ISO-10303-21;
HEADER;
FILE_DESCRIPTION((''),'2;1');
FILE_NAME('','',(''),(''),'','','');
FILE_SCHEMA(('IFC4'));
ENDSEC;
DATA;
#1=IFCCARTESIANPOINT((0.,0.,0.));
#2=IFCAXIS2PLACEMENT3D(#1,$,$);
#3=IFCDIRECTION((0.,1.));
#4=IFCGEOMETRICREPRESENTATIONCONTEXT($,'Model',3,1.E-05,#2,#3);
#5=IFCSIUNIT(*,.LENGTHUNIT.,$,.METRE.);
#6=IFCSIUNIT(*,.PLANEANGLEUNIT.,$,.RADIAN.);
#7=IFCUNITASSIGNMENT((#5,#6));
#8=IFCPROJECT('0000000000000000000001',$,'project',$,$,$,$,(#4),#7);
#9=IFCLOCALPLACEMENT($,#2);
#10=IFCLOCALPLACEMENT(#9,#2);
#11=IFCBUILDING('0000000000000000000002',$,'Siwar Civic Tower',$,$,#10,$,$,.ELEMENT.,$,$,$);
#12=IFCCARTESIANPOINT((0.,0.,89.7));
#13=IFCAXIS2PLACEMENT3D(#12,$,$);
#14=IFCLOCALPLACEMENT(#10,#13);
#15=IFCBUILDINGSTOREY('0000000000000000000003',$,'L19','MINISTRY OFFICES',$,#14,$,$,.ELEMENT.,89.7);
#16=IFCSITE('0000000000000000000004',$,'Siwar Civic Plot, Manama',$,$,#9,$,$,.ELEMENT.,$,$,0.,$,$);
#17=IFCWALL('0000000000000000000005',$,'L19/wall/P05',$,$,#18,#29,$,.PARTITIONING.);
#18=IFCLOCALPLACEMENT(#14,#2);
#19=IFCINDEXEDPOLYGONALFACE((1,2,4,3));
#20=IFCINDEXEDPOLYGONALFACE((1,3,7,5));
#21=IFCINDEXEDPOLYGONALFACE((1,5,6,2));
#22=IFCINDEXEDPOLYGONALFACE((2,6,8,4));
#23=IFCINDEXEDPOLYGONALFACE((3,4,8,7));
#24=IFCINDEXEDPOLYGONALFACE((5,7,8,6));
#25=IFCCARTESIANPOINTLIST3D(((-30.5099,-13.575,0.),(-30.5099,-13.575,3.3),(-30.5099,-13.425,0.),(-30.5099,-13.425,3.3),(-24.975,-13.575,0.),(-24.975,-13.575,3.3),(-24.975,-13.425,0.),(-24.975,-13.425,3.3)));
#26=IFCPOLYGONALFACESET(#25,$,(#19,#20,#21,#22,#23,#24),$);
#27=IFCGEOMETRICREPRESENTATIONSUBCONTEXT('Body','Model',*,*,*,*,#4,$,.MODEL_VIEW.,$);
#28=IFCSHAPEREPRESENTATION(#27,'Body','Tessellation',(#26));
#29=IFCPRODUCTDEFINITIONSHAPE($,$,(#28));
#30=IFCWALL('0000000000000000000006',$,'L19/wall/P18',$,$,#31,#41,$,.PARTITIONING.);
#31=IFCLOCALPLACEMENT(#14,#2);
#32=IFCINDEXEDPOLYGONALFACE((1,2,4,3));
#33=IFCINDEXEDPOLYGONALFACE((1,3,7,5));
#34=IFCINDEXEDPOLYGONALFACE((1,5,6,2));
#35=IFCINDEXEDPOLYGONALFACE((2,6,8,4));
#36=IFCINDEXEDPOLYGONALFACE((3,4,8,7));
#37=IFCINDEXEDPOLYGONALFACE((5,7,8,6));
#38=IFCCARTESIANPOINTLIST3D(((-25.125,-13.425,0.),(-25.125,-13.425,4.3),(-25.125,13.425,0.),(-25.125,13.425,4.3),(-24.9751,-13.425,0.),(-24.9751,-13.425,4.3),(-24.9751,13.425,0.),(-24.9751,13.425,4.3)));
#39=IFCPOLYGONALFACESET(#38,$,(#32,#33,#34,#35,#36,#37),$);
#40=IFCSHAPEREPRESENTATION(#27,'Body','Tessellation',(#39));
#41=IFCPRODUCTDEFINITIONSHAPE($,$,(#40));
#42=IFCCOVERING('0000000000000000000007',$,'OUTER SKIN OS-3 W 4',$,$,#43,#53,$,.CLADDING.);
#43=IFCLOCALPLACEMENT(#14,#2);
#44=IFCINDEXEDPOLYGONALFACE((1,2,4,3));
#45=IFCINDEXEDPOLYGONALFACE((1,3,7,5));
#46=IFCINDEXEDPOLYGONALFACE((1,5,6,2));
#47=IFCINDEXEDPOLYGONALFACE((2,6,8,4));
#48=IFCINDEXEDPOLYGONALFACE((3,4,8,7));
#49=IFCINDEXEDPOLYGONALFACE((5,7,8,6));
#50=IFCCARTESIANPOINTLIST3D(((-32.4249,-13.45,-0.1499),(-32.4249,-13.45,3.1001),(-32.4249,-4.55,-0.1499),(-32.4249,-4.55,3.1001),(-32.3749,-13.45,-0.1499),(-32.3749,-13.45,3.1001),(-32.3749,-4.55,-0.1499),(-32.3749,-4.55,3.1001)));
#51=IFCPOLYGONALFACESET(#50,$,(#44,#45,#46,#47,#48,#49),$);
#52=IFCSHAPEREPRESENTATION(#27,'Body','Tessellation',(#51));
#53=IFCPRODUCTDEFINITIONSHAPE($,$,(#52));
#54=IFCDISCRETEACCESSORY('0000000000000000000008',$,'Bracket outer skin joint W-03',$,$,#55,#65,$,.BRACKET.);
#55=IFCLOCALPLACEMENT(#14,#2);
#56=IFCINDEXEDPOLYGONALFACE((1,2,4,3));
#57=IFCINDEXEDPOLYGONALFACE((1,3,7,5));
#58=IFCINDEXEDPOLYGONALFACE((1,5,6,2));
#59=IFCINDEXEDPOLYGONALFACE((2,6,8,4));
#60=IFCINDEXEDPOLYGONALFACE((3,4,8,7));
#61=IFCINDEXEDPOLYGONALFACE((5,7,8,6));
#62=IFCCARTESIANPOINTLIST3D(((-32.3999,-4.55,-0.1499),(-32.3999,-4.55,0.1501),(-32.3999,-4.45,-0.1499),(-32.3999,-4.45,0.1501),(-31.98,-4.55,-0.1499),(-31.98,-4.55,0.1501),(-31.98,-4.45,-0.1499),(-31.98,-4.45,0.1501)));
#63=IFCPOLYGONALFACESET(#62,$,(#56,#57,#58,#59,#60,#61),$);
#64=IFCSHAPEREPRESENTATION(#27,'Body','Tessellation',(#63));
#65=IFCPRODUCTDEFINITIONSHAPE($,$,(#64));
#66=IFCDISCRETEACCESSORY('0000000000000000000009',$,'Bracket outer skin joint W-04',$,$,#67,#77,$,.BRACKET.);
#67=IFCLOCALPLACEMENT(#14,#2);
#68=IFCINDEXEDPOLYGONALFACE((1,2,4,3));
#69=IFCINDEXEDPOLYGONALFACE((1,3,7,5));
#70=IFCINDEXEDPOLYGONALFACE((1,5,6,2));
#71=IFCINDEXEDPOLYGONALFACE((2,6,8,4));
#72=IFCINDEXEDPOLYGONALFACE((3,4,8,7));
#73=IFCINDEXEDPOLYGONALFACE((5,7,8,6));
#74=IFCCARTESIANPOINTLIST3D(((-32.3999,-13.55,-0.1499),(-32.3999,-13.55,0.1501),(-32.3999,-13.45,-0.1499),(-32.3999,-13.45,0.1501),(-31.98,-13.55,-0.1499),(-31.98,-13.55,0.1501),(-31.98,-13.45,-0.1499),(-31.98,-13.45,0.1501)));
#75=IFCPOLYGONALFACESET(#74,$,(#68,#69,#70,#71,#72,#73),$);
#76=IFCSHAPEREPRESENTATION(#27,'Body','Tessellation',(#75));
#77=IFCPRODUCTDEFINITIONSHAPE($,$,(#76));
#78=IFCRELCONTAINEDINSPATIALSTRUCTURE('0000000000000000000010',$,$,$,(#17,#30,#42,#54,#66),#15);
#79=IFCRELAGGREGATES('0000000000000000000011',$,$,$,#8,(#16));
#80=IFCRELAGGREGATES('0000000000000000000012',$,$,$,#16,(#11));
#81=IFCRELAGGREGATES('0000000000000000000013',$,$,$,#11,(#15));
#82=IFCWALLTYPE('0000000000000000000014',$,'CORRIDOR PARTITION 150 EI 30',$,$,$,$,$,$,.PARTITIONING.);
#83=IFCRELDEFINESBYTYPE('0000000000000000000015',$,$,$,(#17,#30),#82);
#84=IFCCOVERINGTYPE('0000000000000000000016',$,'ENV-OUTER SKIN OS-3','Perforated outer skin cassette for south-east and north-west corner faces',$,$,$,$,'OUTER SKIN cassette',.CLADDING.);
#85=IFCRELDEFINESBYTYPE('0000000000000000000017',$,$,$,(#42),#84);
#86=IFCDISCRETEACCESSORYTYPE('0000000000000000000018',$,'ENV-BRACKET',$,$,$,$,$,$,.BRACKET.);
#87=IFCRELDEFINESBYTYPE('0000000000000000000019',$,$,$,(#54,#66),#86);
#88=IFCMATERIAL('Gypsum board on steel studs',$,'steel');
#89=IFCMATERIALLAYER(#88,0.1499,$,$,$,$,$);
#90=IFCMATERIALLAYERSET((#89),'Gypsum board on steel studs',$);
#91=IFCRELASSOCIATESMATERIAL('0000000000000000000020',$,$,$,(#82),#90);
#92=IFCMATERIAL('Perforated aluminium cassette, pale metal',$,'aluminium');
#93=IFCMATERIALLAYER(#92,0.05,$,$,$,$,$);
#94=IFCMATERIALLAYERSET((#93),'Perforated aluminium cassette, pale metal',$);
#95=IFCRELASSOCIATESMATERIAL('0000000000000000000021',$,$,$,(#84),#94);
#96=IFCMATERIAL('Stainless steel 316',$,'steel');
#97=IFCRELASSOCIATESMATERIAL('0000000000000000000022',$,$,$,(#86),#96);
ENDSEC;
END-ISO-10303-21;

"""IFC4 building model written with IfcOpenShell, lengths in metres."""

from ifc_helpers import new_model, si_unit, direction, frame, frame_2d, origin, origin_2d, place, context, subcontext, project, spatial, rectangle, extrude, material, layer, layer_set, type_object, element, save


model = new_model("IFC4")

# Units and contexts
model_context = context("Model", 3, precision=1e-05, world=origin(), true_north=direction((0.0, 1.0)))
body_context = subcontext(model_context, "Body", "Model", "MODEL_VIEW")
ifc_project = project(units=[si_unit("LENGTHUNIT", "METRE"), si_unit("PLANEANGLEUNIT", "RADIAN")], contexts=[model_context])

# Site, building, storey
site_placement = place(None, origin())
site = spatial("IfcSite", under=ifc_project, at=site_placement, Name="Siwar Civic Plot, Manama", CompositionType="ELEMENT", RefElevation=0.0)
building_placement = place(site_placement, origin())
building = spatial("IfcBuilding", under=site, at=building_placement, Name="Siwar Civic Tower", CompositionType="ELEMENT")
storey_placement = place(building_placement, frame((0.0, 0.0, 89.7)))
storey = spatial("IfcBuildingStorey", under=building, at=storey_placement, Name="L19", Description="MINISTRY OFFICES", CompositionType="ELEMENT", Elevation=89.7)

# Shared definitions
ifc_material_1 = material(Name="Gypsum board on steel studs", Category="steel")
ifc_layer_1 = layer(ifc_material_1, 0.1499)
ifc_layer_set_1 = layer_set([ifc_layer_1], Name="Gypsum board on steel studs")
wall_type = type_object("IfcWallType", Name="CORRIDOR PARTITION 150 EI 30", PredefinedType="PARTITIONING", material=ifc_layer_set_1)

# Walls
wall_1_placement = place(storey_placement, frame((-30.51, -13.5, 0.0), z_axis=(0.0, 0.0, 1.0), x_axis=(1.0, 0.0, 0.0)))
element("IfcWall", 1, at=wall_1_placement, inside=storey, type_object=wall_type, Name="L19/wall/P05", PredefinedType="PARTITIONING", context=body_context, shape_type="SweptSolid", body=[
    extrude(rectangle(XDim=5.5349, YDim=0.1499, at=frame_2d((2.7676, 0.0))), origin(), (0.0, 0.0, 1.0), 3.3),
])
wall_2_placement = place(storey_placement, frame((-25.05, -13.425, 0.0), z_axis=(0.0, 0.0, 1.0), x_axis=(0.0, 1.0, 0.0)))
element("IfcWall", 2, at=wall_2_placement, inside=storey, type_object=wall_type, Name="L19/wall/P18", PredefinedType="PARTITIONING", context=body_context, shape_type="SweptSolid", body=[
    extrude(rectangle(XDim=26.8501, YDim=0.1499, at=frame_2d((13.425, 0.0))), origin(), (0.0, 0.0, 1.0), 4.3),
])

# Covering
ifc_material_2 = material(Name="Perforated aluminium cassette, pale metal", Category="aluminium")
ifc_layer_2 = layer(ifc_material_2, 0.05)
ifc_layer_set_2 = layer_set([ifc_layer_2], Name="Perforated aluminium cassette, pale metal")
covering_type = type_object("IfcCoveringType", Name="ENV-OUTER SKIN OS-3", Description="Perforated outer skin cassette for south-east and north-west corner faces", ElementType="OUTER SKIN cassette", PredefinedType="CLADDING", material=ifc_layer_set_2)
covering_placement = place(storey_placement, frame((-32.3999, -9.0, -0.1499), z_axis=(0.0, 0.0, 1.0), x_axis=(0.0, -1.0, 0.0)))
element("IfcCovering", 3, at=covering_placement, inside=storey, type_object=covering_type, Name="OUTER SKIN OS-3 W 4", PredefinedType="CLADDING", context=body_context, shape_type="SweptSolid", body=[
    extrude(rectangle(XDim=8.8999, YDim=0.05, at=origin_2d()), origin(), (0.0, 0.0, 1.0), 3.25),
])

# Discrete accessories
ifc_material_3 = material(Name="Stainless steel 316", Category="steel")
discrete_accessory_type = type_object("IfcDiscreteAccessoryType", Name="ENV-BRACKET", PredefinedType="BRACKET", material=ifc_material_3)
for number, where, z_axis, x_axis, name in (
    (4, (-32.1899, -4.5, -0.1499), (0.0, 0.0, 1.0), (-1.0, 0.0, 0.0), "Bracket outer skin joint W-03"),
    (5, (-32.1899, -13.5, -0.1499), (0.0, 0.0, 1.0), (-1.0, 0.0, 0.0), "Bracket outer skin joint W-04"),
):
    element("IfcDiscreteAccessory", number, at=place(storey_placement, frame(where, z_axis=z_axis, x_axis=x_axis)), inside=storey, type_object=discrete_accessory_type, Name=name, PredefinedType="BRACKET", context=body_context, shape_type="SweptSolid", body=[
        extrude(rectangle(XDim=0.4199, YDim=0.1001, at=origin_2d()), origin(), (0.0, 0.0, 1.0), 0.3),
    ])

save(model, "model.ifc")
